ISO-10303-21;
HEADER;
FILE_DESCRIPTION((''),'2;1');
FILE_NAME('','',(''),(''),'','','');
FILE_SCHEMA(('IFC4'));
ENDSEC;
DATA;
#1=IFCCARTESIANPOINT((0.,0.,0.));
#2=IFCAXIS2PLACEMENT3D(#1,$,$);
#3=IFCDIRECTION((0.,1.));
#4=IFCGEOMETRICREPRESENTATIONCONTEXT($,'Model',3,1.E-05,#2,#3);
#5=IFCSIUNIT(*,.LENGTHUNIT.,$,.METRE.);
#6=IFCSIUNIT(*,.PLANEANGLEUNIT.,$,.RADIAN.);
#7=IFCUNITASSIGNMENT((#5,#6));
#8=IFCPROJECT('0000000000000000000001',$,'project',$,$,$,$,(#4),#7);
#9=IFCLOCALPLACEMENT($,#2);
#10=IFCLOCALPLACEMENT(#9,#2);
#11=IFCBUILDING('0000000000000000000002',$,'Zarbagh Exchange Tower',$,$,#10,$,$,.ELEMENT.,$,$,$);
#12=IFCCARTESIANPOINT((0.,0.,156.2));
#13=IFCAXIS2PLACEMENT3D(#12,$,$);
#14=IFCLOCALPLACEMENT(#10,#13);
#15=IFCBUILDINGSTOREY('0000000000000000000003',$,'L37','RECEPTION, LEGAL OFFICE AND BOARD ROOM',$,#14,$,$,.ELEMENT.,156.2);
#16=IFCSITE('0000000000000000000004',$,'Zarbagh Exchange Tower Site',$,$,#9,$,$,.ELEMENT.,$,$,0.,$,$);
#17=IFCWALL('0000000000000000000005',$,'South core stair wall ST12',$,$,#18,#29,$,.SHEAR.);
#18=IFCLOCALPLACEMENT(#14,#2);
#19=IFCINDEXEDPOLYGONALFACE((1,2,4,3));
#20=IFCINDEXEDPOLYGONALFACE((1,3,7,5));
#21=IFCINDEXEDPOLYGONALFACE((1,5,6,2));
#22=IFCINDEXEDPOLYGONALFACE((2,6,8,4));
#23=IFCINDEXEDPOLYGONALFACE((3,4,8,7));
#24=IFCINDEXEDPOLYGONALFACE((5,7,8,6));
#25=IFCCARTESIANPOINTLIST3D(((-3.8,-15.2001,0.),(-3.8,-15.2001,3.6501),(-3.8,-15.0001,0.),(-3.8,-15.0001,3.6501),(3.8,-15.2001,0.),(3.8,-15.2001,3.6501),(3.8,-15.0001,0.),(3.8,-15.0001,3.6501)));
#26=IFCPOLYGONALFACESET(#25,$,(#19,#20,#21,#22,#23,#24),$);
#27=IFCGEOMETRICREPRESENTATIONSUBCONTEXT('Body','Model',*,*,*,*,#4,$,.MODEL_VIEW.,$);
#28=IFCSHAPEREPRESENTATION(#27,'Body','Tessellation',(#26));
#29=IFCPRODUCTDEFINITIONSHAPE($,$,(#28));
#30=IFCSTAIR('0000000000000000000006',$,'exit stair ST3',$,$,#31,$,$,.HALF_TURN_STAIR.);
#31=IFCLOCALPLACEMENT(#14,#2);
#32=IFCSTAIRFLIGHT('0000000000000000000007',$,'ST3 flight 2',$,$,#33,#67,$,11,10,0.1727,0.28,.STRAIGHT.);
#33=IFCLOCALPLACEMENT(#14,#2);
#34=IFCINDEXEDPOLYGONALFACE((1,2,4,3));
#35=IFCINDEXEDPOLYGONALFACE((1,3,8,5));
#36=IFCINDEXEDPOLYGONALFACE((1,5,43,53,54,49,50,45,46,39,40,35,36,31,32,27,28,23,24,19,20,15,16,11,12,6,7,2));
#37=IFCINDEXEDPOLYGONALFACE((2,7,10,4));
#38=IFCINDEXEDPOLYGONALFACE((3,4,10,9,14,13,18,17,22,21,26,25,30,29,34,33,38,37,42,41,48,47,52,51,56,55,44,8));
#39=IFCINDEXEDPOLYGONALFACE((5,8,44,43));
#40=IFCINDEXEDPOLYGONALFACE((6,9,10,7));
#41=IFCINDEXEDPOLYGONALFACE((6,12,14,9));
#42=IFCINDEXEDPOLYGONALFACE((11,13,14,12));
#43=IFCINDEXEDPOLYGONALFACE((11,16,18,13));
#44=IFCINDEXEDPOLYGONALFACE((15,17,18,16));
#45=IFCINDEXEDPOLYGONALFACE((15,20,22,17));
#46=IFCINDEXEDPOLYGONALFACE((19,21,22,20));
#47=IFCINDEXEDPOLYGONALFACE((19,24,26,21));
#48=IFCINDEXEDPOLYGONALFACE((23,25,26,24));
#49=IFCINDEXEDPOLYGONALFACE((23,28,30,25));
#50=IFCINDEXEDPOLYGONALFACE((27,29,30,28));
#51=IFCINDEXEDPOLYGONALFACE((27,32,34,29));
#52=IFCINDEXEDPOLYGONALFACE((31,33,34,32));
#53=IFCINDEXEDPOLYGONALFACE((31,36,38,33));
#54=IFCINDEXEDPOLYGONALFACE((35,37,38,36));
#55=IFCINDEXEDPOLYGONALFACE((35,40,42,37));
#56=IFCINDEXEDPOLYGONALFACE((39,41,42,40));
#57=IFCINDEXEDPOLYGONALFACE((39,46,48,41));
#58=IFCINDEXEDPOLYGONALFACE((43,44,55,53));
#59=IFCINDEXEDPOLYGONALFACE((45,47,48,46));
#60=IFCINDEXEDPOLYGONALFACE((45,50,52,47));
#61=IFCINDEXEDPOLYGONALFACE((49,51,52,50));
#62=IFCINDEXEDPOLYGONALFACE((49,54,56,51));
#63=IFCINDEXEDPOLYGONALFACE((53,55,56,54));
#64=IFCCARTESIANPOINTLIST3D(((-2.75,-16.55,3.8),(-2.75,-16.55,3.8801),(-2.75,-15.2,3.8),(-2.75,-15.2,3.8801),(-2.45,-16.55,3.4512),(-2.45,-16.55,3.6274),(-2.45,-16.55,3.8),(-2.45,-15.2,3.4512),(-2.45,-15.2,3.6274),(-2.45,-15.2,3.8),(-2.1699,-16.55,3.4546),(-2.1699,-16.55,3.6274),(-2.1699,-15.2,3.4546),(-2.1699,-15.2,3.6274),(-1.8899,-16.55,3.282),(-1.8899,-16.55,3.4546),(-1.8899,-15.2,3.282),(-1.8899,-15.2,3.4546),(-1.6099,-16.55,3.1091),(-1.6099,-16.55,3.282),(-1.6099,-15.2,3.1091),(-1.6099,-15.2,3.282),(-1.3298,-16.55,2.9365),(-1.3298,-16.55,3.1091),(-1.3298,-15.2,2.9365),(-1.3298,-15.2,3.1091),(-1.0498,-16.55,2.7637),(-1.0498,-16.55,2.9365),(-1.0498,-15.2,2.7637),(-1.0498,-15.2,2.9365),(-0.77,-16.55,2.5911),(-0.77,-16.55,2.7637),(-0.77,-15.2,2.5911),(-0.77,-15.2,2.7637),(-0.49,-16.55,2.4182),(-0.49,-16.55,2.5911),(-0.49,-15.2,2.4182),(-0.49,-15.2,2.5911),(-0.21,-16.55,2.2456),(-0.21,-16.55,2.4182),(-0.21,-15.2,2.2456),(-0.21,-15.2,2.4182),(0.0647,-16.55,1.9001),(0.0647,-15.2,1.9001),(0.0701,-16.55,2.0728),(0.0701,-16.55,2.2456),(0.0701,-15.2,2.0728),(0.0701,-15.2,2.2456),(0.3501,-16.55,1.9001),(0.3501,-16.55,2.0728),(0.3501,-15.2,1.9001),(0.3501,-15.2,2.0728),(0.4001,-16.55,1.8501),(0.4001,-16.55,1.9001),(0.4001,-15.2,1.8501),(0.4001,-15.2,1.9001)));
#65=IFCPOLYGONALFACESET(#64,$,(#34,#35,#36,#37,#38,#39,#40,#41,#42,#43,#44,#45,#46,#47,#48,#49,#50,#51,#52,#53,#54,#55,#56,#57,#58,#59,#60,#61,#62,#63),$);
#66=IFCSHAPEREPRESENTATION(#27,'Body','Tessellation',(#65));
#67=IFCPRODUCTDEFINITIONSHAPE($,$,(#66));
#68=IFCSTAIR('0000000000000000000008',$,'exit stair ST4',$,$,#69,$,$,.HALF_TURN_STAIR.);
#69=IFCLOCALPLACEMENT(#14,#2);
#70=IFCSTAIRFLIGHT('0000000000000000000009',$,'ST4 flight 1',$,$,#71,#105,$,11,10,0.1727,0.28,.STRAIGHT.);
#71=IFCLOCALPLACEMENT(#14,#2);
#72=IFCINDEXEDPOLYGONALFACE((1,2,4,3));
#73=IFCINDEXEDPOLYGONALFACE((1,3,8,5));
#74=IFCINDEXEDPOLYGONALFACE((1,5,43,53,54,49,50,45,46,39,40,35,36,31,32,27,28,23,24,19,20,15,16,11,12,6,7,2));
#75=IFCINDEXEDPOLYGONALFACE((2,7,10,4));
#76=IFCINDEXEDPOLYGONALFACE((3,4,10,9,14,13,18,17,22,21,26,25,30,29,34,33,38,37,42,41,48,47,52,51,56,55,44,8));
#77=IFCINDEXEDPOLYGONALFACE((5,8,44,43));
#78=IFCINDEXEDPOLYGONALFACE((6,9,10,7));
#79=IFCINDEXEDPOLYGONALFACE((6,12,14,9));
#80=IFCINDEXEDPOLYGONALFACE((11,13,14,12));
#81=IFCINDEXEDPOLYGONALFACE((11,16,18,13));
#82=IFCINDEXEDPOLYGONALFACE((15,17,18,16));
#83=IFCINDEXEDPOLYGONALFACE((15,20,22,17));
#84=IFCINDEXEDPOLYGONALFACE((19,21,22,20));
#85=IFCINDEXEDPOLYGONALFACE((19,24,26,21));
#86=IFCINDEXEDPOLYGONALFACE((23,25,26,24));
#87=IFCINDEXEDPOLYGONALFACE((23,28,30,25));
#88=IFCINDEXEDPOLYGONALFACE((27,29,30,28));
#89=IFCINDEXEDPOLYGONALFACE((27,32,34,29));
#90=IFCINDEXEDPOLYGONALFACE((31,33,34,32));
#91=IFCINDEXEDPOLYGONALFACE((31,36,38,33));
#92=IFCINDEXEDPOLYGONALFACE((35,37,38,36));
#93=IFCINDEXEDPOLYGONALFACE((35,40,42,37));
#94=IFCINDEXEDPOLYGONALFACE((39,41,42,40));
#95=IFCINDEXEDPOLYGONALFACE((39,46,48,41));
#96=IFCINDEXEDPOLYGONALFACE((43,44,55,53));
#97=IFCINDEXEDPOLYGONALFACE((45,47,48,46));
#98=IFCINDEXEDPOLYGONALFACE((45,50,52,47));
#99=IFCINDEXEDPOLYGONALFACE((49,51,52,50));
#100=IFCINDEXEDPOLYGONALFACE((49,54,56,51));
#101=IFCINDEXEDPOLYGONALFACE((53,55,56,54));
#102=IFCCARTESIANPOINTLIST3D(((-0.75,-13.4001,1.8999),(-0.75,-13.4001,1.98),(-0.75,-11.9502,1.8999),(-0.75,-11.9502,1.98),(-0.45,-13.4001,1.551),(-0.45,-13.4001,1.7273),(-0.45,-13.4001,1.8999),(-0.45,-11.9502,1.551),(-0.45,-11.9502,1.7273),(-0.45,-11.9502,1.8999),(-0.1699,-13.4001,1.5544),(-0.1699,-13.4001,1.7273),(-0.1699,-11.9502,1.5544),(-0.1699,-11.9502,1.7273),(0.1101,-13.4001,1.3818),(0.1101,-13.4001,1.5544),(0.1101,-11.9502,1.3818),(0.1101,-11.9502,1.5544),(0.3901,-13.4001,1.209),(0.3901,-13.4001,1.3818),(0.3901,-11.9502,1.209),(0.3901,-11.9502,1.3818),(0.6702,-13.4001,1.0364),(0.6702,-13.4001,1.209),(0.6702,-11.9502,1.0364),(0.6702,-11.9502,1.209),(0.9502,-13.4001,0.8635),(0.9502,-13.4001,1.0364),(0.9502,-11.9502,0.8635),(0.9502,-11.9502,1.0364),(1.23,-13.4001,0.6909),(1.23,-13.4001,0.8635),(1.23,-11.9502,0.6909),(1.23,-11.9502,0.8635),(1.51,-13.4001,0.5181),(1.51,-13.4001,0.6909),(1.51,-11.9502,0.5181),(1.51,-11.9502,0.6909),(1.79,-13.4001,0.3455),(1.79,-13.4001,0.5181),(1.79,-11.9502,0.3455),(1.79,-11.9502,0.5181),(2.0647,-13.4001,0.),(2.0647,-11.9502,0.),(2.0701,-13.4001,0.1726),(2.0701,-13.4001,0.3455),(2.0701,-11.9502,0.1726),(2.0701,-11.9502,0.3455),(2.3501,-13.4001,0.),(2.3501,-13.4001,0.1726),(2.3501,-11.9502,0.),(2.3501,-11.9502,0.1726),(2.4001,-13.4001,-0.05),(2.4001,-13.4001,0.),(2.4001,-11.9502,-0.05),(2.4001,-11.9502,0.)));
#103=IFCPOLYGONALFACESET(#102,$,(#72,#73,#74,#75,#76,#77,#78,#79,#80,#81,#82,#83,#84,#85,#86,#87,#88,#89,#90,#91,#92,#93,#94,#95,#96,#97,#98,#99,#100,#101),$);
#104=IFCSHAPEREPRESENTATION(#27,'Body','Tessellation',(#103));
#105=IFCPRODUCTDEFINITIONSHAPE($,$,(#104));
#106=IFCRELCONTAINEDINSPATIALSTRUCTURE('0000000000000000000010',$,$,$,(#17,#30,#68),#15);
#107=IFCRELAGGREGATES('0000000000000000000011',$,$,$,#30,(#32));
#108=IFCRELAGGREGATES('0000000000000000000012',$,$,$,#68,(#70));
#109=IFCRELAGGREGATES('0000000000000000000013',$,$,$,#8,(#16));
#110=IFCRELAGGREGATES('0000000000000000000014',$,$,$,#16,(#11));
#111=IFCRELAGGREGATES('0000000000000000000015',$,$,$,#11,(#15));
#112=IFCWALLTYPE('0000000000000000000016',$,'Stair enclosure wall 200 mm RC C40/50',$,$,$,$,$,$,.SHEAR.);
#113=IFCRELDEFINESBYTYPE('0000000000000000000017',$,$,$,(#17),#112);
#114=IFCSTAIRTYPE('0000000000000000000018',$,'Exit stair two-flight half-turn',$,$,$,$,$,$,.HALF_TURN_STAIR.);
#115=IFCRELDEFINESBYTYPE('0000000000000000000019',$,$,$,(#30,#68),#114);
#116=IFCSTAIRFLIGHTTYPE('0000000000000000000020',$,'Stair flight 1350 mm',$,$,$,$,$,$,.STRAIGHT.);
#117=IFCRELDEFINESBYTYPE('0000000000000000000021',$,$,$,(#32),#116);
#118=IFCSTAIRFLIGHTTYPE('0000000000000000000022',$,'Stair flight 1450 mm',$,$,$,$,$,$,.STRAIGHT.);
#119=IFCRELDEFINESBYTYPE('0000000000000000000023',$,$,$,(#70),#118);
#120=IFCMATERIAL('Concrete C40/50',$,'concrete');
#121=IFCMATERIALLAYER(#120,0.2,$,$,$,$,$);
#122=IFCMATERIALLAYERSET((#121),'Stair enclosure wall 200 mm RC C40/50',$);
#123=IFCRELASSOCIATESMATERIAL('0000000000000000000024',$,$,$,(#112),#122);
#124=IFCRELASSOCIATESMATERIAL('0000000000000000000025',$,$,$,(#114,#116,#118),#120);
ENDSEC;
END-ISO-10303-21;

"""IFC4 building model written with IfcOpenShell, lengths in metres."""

from ifc_helpers import new_model, si_unit, direction, frame, frame_2d, origin, place, context, subcontext, project, spatial, polyline, rectangle, outline, extrude, material, layer, layer_set, type_object, element, aggregate, save


model = new_model("IFC4")

# Units and contexts
model_context = context("Model", 3, precision=1e-05, world=origin(), true_north=direction((0.0, 1.0)))
body_context = subcontext(model_context, "Body", "Model", "MODEL_VIEW")
ifc_project = project(units=[si_unit("LENGTHUNIT", "METRE"), si_unit("PLANEANGLEUNIT", "RADIAN")], contexts=[model_context])

# Site, building, storey
site_placement = place(None, origin())
site = spatial("IfcSite", under=ifc_project, at=site_placement, Name="Zarbagh Exchange Tower Site", CompositionType="ELEMENT", RefElevation=0.0)
building_placement = place(site_placement, origin())
building = spatial("IfcBuilding", under=site, at=building_placement, Name="Zarbagh Exchange Tower", CompositionType="ELEMENT")
storey_placement = place(building_placement, frame((0.0, 0.0, 156.2)))
storey = spatial("IfcBuildingStorey", under=building, at=storey_placement, Name="L37", Description="RECEPTION, LEGAL OFFICE AND BOARD ROOM", CompositionType="ELEMENT", Elevation=156.2)

# Wall
ifc_material_1 = material(Name="Concrete C40/50", Category="concrete")
ifc_layer_1 = layer(ifc_material_1, 0.2)
ifc_layer_set_1 = layer_set([ifc_layer_1], Name="Stair enclosure wall 200 mm RC C40/50")
wall_type_1 = type_object("IfcWallType", Name="Stair enclosure wall 200 mm RC C40/50", PredefinedType="SHEAR", material=ifc_layer_set_1)
for number, where, z_axis, x_axis, name in (
    (1, (3.8, -15.1001, 0.0), (0.0, 0.0, 1.0), (-1.0, 0.0, 0.0), "South core stair wall ST12"),
):
    element("IfcWall", number, at=place(storey_placement, frame(where, z_axis=z_axis, x_axis=x_axis)), inside=storey, type_object=wall_type_1, Name=name, PredefinedType="SHEAR", context=body_context, shape_type="SweptSolid", body=[
        extrude(rectangle(XDim=7.6001, YDim=0.2, at=frame_2d((3.8, 0.0))), origin(), (0.0, 0.0, 1.0), 3.6501),
    ])

# Stairs, stair flights
stair_type = type_object("IfcStairType", Name="Exit stair two-flight half-turn", PredefinedType="HALF_TURN_STAIR", material=ifc_material_1)
stair_1_placement = place(storey_placement, origin())
stair_1 = element("IfcStair", 2, at=stair_1_placement, inside=storey, type_object=stair_type, Name="exit stair ST3", PredefinedType="HALF_TURN_STAIR")
stair_flight_type_1 = type_object("IfcStairFlightType", Name="Stair flight 1350 mm", PredefinedType="STRAIGHT", material=ifc_material_1)
stair_flight_1_placement = place(storey_placement, frame((0.3501, -15.875, 1.9001), z_axis=(0.0, 0.0, 1.0), x_axis=(-1.0, 0.0, 0.0)))
stair_flight_1 = element("IfcStairFlight", 3, at=stair_flight_1_placement, type_object=stair_flight_type_1, Name="ST3 flight 2", NumberOfRisers=11, NumberOfTreads=10, PredefinedType="STRAIGHT", RiserHeight=0.1727, TreadLength=0.28, context=body_context, shape_type="SweptSolid", body=[
    extrude(outline(polyline([(-0.05, -0.05), (-0.05, 0.0), (0.0, 0.0), (0.0, 0.1726), (0.28, 0.1726), (0.28, 0.3455), (0.5601, 0.3455), (0.5601, 0.5181), (0.8401, 0.5181), (0.8401, 0.6909), (1.1201, 0.6909), (1.1201, 0.8635), (1.3999, 0.8635), (1.3999, 1.0364), (1.6799, 1.0364), (1.6799, 1.209), (1.96, 1.209), (1.96, 1.3818), (2.24, 1.3818), (2.24, 1.5544), (2.52, 1.5544), (2.52, 1.7273), (2.8, 1.7273), (2.8, 1.8999), (3.1001, 1.98), (3.1001, 1.8999), (2.8, 1.551), (0.2854, 0.0), (-0.05, -0.05)])), frame((0.0, 0.675, 0.0), z_axis=(0.0, -1.0, 0.0), x_axis=(1.0, 0.0, 0.0)), (0.0, 0.0, 1.0), 1.3501),
])
aggregate(stair_1, [stair_flight_1])
stair_2_placement = place(storey_placement, origin())
stair_2 = element("IfcStair", 4, at=stair_2_placement, inside=storey, type_object=stair_type, Name="exit stair ST4", PredefinedType="HALF_TURN_STAIR")
stair_flight_type_2 = type_object("IfcStairFlightType", Name="Stair flight 1450 mm", PredefinedType="STRAIGHT", material=ifc_material_1)
stair_flight_2_placement = place(storey_placement, frame((2.3501, -12.675, 0.0), z_axis=(0.0, 0.0, 1.0), x_axis=(-1.0, 0.0, 0.0)))
stair_flight_2 = element("IfcStairFlight", 5, at=stair_flight_2_placement, type_object=stair_flight_type_2, Name="ST4 flight 1", NumberOfRisers=11, NumberOfTreads=10, PredefinedType="STRAIGHT", RiserHeight=0.1727, TreadLength=0.28, context=body_context, shape_type="SweptSolid", body=[
    extrude(outline(polyline([(-0.05, -0.05), (-0.05, 0.0), (0.0, 0.0), (0.0, 0.1726), (0.28, 0.1726), (0.28, 0.3455), (0.5601, 0.3455), (0.5601, 0.5181), (0.8401, 0.5181), (0.8401, 0.6909), (1.1201, 0.6909), (1.1201, 0.8635), (1.3999, 0.8635), (1.3999, 1.0364), (1.6799, 1.0364), (1.6799, 1.209), (1.96, 1.209), (1.96, 1.3818), (2.24, 1.3818), (2.24, 1.5544), (2.52, 1.5544), (2.52, 1.7273), (2.8, 1.7273), (2.8, 1.8999), (3.1001, 1.98), (3.1001, 1.8999), (2.8, 1.551), (0.2854, 0.0), (-0.05, -0.05)])), frame((0.0, 0.7251, 0.0), z_axis=(0.0, -1.0, 0.0), x_axis=(1.0, 0.0, 0.0)), (0.0, 0.0, 1.0), 1.45),
])
aggregate(stair_2, [stair_flight_2])

save(model, "model.ifc")
